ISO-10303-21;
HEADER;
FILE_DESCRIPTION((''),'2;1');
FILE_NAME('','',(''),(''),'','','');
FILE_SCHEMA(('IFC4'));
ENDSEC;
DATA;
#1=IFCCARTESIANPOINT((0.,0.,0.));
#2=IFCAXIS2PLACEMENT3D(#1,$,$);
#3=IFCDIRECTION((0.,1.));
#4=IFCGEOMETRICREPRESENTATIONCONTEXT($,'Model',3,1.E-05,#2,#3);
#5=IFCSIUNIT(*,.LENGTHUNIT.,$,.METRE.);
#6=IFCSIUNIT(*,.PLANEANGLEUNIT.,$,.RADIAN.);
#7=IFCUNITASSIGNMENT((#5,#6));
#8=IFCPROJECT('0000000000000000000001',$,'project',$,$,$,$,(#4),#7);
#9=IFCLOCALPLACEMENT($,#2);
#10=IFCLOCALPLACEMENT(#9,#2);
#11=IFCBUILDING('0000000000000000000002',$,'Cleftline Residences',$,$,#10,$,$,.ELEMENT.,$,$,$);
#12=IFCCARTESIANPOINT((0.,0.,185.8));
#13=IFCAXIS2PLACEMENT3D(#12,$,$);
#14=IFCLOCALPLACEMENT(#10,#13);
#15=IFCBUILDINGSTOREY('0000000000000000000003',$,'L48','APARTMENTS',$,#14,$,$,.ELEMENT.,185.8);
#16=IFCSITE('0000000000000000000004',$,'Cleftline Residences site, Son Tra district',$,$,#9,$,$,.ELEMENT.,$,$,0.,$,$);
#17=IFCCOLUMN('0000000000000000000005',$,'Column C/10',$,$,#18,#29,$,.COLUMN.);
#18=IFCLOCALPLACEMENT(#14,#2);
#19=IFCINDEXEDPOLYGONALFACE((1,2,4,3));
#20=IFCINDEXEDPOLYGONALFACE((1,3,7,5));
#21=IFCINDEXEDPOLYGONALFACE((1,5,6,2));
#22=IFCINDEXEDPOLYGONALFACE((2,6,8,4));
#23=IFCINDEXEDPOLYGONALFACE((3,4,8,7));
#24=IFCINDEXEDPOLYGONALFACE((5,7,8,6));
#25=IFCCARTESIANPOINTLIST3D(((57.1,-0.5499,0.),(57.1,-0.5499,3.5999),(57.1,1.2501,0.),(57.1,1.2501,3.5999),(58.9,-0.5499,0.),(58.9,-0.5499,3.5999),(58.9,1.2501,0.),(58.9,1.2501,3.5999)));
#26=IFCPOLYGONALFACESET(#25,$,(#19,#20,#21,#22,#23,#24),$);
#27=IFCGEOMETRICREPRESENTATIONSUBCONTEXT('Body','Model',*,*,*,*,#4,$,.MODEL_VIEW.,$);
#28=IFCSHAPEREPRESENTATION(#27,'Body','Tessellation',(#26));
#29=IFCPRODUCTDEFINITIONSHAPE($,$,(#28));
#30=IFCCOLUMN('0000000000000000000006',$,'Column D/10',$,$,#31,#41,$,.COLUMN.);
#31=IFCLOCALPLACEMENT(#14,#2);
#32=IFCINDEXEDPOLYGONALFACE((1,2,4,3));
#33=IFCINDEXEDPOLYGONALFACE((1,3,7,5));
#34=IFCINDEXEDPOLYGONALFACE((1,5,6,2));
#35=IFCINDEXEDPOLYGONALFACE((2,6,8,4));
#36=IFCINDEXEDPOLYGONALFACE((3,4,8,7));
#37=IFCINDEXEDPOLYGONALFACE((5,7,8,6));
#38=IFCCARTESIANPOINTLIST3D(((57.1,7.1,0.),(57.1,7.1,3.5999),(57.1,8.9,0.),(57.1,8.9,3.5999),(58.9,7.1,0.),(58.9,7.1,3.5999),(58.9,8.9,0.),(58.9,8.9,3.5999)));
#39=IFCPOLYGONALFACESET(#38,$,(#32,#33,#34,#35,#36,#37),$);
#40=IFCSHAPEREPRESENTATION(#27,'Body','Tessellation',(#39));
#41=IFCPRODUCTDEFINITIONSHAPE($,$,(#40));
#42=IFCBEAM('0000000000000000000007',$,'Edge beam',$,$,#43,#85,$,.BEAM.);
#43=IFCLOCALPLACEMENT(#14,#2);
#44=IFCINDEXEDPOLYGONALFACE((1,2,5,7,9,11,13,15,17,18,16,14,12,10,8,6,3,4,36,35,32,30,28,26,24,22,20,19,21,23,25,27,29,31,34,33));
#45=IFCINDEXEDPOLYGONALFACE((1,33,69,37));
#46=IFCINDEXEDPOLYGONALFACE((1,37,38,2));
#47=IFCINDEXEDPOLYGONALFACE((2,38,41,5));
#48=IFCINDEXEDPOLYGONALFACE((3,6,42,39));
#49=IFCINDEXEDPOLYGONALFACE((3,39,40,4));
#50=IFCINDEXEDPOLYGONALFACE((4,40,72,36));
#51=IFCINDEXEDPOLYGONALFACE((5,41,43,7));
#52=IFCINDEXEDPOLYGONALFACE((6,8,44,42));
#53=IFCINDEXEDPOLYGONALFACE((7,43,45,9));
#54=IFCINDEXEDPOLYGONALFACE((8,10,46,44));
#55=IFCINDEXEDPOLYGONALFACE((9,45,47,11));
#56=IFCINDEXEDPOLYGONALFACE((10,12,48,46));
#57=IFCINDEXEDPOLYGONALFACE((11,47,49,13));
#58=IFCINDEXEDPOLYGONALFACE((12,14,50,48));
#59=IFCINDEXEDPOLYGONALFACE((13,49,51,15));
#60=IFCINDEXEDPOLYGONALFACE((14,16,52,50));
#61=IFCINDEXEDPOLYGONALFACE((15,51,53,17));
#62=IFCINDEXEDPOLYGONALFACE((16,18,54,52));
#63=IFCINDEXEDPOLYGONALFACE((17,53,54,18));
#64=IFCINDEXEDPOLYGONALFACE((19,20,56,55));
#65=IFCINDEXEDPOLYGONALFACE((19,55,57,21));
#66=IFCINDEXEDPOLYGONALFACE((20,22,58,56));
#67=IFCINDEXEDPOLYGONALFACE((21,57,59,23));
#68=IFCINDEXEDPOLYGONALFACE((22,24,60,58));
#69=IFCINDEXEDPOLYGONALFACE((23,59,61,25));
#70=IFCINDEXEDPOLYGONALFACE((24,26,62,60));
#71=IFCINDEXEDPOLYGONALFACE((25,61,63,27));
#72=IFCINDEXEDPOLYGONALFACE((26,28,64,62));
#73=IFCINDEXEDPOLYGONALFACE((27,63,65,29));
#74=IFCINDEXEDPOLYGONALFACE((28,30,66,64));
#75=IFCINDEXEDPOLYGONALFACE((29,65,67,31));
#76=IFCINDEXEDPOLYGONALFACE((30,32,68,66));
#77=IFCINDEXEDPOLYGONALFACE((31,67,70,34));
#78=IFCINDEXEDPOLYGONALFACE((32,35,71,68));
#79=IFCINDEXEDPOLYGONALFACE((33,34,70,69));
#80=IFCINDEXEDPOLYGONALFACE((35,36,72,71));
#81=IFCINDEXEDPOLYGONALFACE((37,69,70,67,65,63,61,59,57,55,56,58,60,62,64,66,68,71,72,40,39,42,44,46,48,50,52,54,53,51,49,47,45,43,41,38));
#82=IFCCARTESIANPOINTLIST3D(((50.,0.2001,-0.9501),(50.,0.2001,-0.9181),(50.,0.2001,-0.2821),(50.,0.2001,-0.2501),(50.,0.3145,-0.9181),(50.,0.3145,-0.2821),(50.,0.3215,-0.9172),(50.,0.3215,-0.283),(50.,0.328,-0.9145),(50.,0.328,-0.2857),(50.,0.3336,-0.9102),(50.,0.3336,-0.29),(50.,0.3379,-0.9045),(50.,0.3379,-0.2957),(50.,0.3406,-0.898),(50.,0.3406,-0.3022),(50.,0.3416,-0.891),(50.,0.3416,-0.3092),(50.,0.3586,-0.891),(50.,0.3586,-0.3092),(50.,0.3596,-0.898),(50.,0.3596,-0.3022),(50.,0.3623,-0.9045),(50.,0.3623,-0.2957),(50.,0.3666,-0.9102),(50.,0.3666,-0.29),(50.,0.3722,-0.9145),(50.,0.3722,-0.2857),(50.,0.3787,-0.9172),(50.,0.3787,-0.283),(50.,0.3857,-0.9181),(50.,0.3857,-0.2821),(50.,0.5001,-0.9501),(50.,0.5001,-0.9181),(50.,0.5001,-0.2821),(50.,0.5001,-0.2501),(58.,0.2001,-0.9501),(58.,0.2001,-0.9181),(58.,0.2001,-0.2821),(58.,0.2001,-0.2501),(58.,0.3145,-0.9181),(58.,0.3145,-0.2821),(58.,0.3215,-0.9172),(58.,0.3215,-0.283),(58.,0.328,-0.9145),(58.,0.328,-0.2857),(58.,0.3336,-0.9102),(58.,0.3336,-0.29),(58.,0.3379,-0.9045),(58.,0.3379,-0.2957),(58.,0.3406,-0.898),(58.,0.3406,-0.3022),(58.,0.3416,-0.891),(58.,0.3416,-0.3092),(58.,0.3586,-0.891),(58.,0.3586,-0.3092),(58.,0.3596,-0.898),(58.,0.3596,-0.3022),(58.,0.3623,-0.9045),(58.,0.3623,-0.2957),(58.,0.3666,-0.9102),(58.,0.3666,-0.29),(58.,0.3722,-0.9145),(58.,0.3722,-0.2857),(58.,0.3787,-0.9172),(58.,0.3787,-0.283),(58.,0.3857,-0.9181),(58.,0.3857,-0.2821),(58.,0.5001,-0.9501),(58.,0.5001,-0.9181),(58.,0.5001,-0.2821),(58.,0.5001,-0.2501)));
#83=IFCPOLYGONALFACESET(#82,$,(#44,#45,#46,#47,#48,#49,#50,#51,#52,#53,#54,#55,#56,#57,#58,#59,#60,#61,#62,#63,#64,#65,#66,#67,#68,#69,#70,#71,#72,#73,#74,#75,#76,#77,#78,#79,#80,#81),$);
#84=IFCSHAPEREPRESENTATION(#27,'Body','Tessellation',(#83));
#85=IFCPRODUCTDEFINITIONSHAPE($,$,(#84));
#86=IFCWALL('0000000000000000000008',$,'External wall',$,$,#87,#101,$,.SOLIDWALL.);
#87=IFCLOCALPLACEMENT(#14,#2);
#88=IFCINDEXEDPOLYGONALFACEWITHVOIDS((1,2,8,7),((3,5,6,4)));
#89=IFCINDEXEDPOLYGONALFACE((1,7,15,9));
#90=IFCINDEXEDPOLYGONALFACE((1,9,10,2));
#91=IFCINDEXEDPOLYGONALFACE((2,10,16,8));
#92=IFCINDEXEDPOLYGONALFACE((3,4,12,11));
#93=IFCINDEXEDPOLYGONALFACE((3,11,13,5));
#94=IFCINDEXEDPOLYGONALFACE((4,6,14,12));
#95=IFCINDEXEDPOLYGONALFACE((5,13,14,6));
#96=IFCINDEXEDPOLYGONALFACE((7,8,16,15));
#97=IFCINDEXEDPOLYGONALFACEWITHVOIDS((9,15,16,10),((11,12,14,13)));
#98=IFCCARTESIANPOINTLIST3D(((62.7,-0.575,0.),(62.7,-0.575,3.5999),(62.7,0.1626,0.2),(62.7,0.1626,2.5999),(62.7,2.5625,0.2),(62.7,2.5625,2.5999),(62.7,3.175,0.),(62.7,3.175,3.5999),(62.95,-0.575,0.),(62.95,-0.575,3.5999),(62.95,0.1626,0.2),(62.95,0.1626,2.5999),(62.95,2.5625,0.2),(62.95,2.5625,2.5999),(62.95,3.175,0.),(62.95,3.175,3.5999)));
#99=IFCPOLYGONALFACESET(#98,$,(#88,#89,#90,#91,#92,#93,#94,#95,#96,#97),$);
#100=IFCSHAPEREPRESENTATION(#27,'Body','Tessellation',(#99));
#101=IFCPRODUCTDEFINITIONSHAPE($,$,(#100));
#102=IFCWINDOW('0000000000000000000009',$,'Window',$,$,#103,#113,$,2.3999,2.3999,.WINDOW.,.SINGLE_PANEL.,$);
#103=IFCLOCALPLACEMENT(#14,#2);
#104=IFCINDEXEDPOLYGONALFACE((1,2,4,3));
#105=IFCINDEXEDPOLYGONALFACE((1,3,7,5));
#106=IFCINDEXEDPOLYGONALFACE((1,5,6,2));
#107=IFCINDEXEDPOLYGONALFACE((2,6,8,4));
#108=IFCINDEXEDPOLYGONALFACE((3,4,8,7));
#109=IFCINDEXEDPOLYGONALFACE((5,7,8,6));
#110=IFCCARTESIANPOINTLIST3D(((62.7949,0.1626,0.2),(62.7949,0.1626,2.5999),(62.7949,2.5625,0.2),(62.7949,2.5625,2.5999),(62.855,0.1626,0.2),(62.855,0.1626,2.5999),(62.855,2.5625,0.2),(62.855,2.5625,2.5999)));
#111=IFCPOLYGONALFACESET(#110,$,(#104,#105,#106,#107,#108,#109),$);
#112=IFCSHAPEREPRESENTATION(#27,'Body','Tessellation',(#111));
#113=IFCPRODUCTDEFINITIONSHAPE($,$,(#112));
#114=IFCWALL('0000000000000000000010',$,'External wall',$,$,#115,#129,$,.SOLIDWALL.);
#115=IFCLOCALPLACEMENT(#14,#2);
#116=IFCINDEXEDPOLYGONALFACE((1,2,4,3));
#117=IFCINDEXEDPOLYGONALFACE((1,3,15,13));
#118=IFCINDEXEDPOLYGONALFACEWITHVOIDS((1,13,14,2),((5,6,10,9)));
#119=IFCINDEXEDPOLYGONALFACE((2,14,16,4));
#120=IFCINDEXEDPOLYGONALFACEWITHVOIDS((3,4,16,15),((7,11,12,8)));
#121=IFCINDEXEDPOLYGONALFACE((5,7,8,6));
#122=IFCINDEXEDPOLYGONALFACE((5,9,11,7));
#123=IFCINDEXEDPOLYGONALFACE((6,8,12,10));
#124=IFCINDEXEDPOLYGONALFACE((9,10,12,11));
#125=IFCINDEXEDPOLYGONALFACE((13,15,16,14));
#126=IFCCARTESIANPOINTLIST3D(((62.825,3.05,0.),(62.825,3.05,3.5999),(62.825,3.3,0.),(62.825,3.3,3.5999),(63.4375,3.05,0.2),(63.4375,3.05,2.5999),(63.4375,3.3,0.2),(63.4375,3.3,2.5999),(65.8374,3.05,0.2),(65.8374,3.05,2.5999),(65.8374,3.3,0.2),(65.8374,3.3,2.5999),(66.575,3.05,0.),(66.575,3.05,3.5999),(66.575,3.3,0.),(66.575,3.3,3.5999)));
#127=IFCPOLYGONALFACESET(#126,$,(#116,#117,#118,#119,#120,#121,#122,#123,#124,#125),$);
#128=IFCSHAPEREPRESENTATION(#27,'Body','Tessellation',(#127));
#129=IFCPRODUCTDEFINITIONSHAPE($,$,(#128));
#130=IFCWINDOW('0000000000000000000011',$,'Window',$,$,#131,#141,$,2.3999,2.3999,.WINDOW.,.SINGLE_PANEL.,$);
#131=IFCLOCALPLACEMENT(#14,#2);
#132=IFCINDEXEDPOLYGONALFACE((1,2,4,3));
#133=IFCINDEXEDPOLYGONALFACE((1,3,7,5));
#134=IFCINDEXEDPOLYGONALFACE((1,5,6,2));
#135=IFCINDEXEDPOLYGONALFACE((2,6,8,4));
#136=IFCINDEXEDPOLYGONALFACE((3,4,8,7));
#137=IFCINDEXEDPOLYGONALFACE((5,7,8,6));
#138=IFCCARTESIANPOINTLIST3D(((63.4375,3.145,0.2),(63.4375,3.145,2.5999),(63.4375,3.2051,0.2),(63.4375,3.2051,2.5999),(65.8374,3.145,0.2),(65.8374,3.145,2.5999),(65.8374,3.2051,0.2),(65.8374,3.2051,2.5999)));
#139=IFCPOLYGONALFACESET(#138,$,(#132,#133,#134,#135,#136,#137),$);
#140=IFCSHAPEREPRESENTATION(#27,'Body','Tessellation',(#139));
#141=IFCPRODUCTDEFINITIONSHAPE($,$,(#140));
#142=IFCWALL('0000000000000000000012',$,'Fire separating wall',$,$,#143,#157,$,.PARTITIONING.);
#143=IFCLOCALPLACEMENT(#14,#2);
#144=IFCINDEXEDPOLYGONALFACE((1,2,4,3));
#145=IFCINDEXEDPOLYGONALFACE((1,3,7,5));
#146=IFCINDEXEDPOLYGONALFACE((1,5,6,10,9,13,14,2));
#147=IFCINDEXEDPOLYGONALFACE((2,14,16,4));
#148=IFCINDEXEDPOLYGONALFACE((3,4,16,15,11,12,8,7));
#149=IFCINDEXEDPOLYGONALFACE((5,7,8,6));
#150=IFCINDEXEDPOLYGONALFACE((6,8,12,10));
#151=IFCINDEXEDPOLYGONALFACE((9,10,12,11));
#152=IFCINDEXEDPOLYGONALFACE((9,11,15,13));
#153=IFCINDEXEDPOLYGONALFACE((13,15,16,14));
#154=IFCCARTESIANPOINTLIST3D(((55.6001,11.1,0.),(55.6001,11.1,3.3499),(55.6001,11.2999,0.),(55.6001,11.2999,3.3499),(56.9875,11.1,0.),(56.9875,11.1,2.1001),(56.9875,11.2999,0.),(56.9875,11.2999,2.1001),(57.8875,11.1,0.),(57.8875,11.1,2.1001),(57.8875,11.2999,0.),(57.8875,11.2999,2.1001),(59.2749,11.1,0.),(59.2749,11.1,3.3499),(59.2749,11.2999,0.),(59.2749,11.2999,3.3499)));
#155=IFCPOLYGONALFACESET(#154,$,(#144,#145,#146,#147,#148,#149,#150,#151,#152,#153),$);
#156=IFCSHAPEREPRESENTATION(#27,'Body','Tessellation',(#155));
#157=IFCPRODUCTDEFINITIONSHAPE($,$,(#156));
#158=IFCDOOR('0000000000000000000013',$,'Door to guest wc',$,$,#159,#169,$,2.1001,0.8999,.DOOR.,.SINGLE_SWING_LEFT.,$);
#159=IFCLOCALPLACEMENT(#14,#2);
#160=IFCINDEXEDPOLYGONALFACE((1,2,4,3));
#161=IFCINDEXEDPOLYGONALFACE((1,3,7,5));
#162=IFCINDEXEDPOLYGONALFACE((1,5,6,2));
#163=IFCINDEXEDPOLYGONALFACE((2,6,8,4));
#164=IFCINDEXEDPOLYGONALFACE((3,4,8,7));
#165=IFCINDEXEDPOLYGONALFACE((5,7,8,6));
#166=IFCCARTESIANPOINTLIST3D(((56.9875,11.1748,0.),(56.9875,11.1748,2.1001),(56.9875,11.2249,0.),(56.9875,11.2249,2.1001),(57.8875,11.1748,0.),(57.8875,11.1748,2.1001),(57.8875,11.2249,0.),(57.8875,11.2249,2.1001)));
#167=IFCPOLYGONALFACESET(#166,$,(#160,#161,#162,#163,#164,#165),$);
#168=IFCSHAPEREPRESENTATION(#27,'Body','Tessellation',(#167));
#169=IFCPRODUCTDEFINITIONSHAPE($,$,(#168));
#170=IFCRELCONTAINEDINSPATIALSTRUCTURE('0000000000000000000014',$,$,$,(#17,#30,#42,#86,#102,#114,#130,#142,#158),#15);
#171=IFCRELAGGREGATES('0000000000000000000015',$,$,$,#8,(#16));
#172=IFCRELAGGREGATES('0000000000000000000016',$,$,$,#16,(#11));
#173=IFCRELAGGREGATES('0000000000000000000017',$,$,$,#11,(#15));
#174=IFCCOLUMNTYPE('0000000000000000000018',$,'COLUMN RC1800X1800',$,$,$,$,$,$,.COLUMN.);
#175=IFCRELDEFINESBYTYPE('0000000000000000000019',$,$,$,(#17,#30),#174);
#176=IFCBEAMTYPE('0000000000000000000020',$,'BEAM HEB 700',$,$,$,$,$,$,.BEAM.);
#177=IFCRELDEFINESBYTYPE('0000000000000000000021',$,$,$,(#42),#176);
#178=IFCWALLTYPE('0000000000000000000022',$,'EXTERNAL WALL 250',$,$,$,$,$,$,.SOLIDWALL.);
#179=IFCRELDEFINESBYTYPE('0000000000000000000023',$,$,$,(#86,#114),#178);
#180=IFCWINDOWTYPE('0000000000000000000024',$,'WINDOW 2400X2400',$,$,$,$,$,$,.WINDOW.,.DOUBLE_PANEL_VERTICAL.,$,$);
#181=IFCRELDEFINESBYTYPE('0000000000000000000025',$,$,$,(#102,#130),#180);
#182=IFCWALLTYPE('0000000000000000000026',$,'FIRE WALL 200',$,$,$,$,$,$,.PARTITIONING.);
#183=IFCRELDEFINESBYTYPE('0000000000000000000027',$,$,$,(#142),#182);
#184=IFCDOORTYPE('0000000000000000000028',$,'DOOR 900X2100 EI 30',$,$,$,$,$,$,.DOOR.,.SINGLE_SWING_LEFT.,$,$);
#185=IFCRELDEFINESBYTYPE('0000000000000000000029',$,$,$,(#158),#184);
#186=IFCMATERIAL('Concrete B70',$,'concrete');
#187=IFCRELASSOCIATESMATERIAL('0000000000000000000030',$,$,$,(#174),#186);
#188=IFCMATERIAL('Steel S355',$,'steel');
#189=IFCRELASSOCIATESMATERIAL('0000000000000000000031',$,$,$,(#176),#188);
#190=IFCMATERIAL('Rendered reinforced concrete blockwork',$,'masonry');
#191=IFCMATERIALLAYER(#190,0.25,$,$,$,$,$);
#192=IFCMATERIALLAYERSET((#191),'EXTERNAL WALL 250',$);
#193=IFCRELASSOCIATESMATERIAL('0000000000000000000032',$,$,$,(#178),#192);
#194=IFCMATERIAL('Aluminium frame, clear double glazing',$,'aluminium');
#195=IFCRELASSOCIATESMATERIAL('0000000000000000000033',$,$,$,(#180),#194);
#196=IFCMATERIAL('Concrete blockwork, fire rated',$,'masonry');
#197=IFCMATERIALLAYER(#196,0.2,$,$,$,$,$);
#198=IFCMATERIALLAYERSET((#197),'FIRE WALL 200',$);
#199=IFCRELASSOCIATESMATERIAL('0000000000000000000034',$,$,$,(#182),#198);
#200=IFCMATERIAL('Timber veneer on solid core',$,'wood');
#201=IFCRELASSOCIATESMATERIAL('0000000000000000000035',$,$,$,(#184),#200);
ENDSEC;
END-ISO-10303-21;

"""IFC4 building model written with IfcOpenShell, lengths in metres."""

from ifc_helpers import new_model, si_unit, direction, frame, frame_2d, origin, origin_2d, place, context, subcontext, project, spatial, rectangle, i_section, extrude, material, layer, layer_set, material_profile, profile_set, type_object, element, fill, save


model = new_model("IFC4")

# Units and contexts
model_context = context("Model", 3, precision=1e-05, world=origin(), true_north=direction((0.0, 1.0)))
body_context = subcontext(model_context, "Body", "Model", "MODEL_VIEW")
ifc_project = project(units=[si_unit("LENGTHUNIT", "METRE"), si_unit("PLANEANGLEUNIT", "RADIAN")], contexts=[model_context])

# Site, building, storey
site_placement = place(None, origin())
site = spatial("IfcSite", under=ifc_project, at=site_placement, Name="Cleftline Residences site, Son Tra district", CompositionType="ELEMENT", RefElevation=0.0)
building_placement = place(site_placement, origin())
building = spatial("IfcBuilding", under=site, at=building_placement, Name="Cleftline Residences", CompositionType="ELEMENT")
storey_placement = place(building_placement, frame((0.0, 0.0, 185.8)))
storey = spatial("IfcBuildingStorey", under=building, at=storey_placement, Name="L48", Description="APARTMENTS", CompositionType="ELEMENT", Elevation=185.8)

# Columns
ifc_material_1 = material(Name="Concrete B70", Category="concrete")
ifc_material_profile_1 = material_profile(ifc_material_1, rectangle(XDim=1.8, YDim=1.8, at=origin_2d()))
ifc_profile_set_1 = profile_set([ifc_material_profile_1], Name="Concrete B70")
column_type = type_object("IfcColumnType", Name="COLUMN RC1800X1800", PredefinedType="COLUMN", material=ifc_profile_set_1)
for number, where, z_axis, x_axis, name in (
    (1, (58.0, 0.3501, 0.0), (0.0, 0.0, 1.0), (1.0, 0.0, 0.0), "Column C/10"),
    (2, (58.0, 8.0, 0.0), (0.0, 0.0, 1.0), (1.0, 0.0, 0.0), "Column D/10"),
):
    element("IfcColumn", number, at=place(storey_placement, frame(where, z_axis=z_axis, x_axis=x_axis)), inside=storey, type_object=column_type, Name=name, PredefinedType="COLUMN", context=body_context, shape_type="SweptSolid", body=[
        extrude(rectangle(XDim=1.8, YDim=1.8, at=origin_2d()), origin(), (0.0, 0.0, 1.0), 3.5999),
    ])

# Beam
ifc_material_2 = material(Name="Steel S355", Category="steel")
ifc_material_profile_2 = material_profile(ifc_material_2, i_section(OverallWidth=0.3, OverallDepth=0.7, WebThickness=0.0171, FlangeThickness=0.032, FilletRadius=0.0271, at=origin_2d()))
ifc_profile_set_2 = profile_set([ifc_material_profile_2], Name="Steel S355")
beam_type = type_object("IfcBeamType", Name="BEAM HEB 700", PredefinedType="BEAM", material=ifc_profile_set_2)
beam_placement = place(storey_placement, frame((58.0, 0.3501, -0.6001), z_axis=(-1.0, 0.0, 0.0), x_axis=(0.0, -1.0, 0.0)))
element("IfcBeam", 3, at=beam_placement, inside=storey, type_object=beam_type, Name="Edge beam", PredefinedType="BEAM", context=body_context, shape_type="SweptSolid", body=[
    extrude(i_section(OverallWidth=0.3, OverallDepth=0.7, WebThickness=0.0171, FlangeThickness=0.032, FilletRadius=0.0271, at=origin_2d()), origin(), (0.0, 0.0, 1.0), 8.0),
])

# Walls, openings, windows
ifc_material_3 = material(Name="Rendered reinforced concrete blockwork", Category="masonry")
ifc_layer_1 = layer(ifc_material_3, 0.25)
ifc_layer_set_1 = layer_set([ifc_layer_1], Name="EXTERNAL WALL 250")
wall_type_1 = type_object("IfcWallType", Name="EXTERNAL WALL 250", PredefinedType="SOLIDWALL", material=ifc_layer_set_1)
wall_1_placement = place(storey_placement, frame((62.825, -0.575, 0.0), z_axis=(0.0, 0.0, 1.0), x_axis=(0.0, 1.0, 0.0)))
wall_1 = element("IfcWall", 4, at=wall_1_placement, inside=storey, type_object=wall_type_1, Name="External wall", PredefinedType="SOLIDWALL", context=body_context, shape_type="SweptSolid", body=[
    extrude(rectangle(XDim=3.75, YDim=0.25, at=frame_2d((1.875, 0.0))), origin(), (0.0, 0.0, 1.0), 3.5999),
])
opening_1_placement = place(wall_1_placement, frame((0.7375, 0.0, 0.2)))
opening_1 = element("IfcOpeningElement", 5, at=opening_1_placement, cuts=wall_1, PredefinedType="OPENING", context=body_context, shape_type="SweptSolid", body=[
    extrude(rectangle(XDim=2.3999, YDim=2.3999, at=frame_2d((1.2, 1.2))), frame((0.0, 0.135, 0.0), z_axis=(0.0, -1.0, 0.0), x_axis=(1.0, 0.0, 0.0)), (0.0, 0.0, 1.0), 0.27),
])
ifc_material_4 = material(Name="Aluminium frame, clear double glazing", Category="aluminium")
window_type = type_object("IfcWindowType", Name="WINDOW 2400X2400", PartitioningType="DOUBLE_PANEL_VERTICAL", PredefinedType="WINDOW", material=ifc_material_4)
window_1_placement = place(opening_1_placement, origin())
window_1 = element("IfcWindow", 6, at=window_1_placement, inside=storey, type_object=window_type, Name="Window", OverallHeight=2.3999, OverallWidth=2.3999, PartitioningType="SINGLE_PANEL", PredefinedType="WINDOW", context=body_context, shape_type="SweptSolid", body=[
    extrude(rectangle(XDim=2.3999, YDim=2.3999, at=frame_2d((1.2, 1.2))), frame((0.0, 0.03, 0.0), z_axis=(0.0, -1.0, 0.0), x_axis=(1.0, 0.0, 0.0)), (0.0, 0.0, 1.0), 0.0601),
])
fill(opening_1, window_1)
wall_2_placement = place(storey_placement, frame((62.825, 3.175, 0.0), z_axis=(0.0, 0.0, 1.0), x_axis=(1.0, 0.0, 0.0)))
wall_2 = element("IfcWall", 7, at=wall_2_placement, inside=storey, type_object=wall_type_1, Name="External wall", PredefinedType="SOLIDWALL", context=body_context, shape_type="SweptSolid", body=[
    extrude(rectangle(XDim=3.75, YDim=0.25, at=frame_2d((1.875, 0.0))), origin(), (0.0, 0.0, 1.0), 3.5999),
])
opening_2_placement = place(wall_2_placement, frame((0.6125, 0.0, 0.2)))
opening_2 = element("IfcOpeningElement", 8, at=opening_2_placement, cuts=wall_2, PredefinedType="OPENING", context=body_context, shape_type="SweptSolid", body=[
    extrude(rectangle(XDim=2.3999, YDim=2.3999, at=frame_2d((1.2, 1.2))), frame((0.0, 0.135, 0.0), z_axis=(0.0, -1.0, 0.0), x_axis=(1.0, 0.0, 0.0)), (0.0, 0.0, 1.0), 0.27),
])
window_2_placement = place(opening_2_placement, origin())
window_2 = element("IfcWindow", 9, at=window_2_placement, inside=storey, type_object=window_type, Name="Window", OverallHeight=2.3999, OverallWidth=2.3999, PartitioningType="SINGLE_PANEL", PredefinedType="WINDOW", context=body_context, shape_type="SweptSolid", body=[
    extrude(rectangle(XDim=2.3999, YDim=2.3999, at=frame_2d((1.2, 1.2))), frame((0.0, 0.03, 0.0), z_axis=(0.0, -1.0, 0.0), x_axis=(1.0, 0.0, 0.0)), (0.0, 0.0, 1.0), 0.0601),
])
fill(opening_2, window_2)

# Wall, opening, door
ifc_material_5 = material(Name="Concrete blockwork, fire rated", Category="masonry")
ifc_layer_2 = layer(ifc_material_5, 0.2)
ifc_layer_set_2 = layer_set([ifc_layer_2], Name="FIRE WALL 200")
wall_type_2 = type_object("IfcWallType", Name="FIRE WALL 200", PredefinedType="PARTITIONING", material=ifc_layer_set_2)
wall_3_placement = place(storey_placement, frame((55.6001, 11.2, 0.0), z_axis=(0.0, 0.0, 1.0), x_axis=(1.0, 0.0, 0.0)))
wall_3 = element("IfcWall", 10, at=wall_3_placement, inside=storey, type_object=wall_type_2, Name="Fire separating wall", PredefinedType="PARTITIONING", context=body_context, shape_type="SweptSolid", body=[
    extrude(rectangle(XDim=3.6748, YDim=0.2, at=frame_2d((1.8374, 0.0))), origin(), (0.0, 0.0, 1.0), 3.3499),
])
opening_3_placement = place(wall_3_placement, frame((1.3875, 0.0, 0.0)))
opening_3 = element("IfcOpeningElement", 11, at=opening_3_placement, cuts=wall_3, PredefinedType="OPENING", context=body_context, shape_type="SweptSolid", body=[
    extrude(rectangle(XDim=0.8999, YDim=2.1001, at=frame_2d((0.45, 1.05))), frame((0.0, 0.1099, 0.0), z_axis=(0.0, -1.0, 0.0), x_axis=(1.0, 0.0, 0.0)), (0.0, 0.0, 1.0), 0.22),
])
ifc_material_6 = material(Name="Timber veneer on solid core", Category="wood")
door_type_1 = type_object("IfcDoorType", Name="DOOR 900X2100 EI 30", OperationType="SINGLE_SWING_LEFT", PredefinedType="DOOR", material=ifc_material_6)
door_1_placement = place(opening_3_placement, origin())
door_1 = element("IfcDoor", 12, at=door_1_placement, inside=storey, type_object=door_type_1, Name="Door to guest wc", OperationType="SINGLE_SWING_LEFT", OverallHeight=2.1001, OverallWidth=0.8999, PredefinedType="DOOR", context=body_context, shape_type="SweptSolid", body=[
    extrude(rectangle(XDim=0.8999, YDim=2.1001, at=frame_2d((0.45, 1.05))), frame((0.0, 0.0249, 0.0), z_axis=(0.0, -1.0, 0.0), x_axis=(1.0, 0.0, 0.0)), (0.0, 0.0, 1.0), 0.05),
])
fill(opening_3, door_1)

save(model, "model.ifc")
